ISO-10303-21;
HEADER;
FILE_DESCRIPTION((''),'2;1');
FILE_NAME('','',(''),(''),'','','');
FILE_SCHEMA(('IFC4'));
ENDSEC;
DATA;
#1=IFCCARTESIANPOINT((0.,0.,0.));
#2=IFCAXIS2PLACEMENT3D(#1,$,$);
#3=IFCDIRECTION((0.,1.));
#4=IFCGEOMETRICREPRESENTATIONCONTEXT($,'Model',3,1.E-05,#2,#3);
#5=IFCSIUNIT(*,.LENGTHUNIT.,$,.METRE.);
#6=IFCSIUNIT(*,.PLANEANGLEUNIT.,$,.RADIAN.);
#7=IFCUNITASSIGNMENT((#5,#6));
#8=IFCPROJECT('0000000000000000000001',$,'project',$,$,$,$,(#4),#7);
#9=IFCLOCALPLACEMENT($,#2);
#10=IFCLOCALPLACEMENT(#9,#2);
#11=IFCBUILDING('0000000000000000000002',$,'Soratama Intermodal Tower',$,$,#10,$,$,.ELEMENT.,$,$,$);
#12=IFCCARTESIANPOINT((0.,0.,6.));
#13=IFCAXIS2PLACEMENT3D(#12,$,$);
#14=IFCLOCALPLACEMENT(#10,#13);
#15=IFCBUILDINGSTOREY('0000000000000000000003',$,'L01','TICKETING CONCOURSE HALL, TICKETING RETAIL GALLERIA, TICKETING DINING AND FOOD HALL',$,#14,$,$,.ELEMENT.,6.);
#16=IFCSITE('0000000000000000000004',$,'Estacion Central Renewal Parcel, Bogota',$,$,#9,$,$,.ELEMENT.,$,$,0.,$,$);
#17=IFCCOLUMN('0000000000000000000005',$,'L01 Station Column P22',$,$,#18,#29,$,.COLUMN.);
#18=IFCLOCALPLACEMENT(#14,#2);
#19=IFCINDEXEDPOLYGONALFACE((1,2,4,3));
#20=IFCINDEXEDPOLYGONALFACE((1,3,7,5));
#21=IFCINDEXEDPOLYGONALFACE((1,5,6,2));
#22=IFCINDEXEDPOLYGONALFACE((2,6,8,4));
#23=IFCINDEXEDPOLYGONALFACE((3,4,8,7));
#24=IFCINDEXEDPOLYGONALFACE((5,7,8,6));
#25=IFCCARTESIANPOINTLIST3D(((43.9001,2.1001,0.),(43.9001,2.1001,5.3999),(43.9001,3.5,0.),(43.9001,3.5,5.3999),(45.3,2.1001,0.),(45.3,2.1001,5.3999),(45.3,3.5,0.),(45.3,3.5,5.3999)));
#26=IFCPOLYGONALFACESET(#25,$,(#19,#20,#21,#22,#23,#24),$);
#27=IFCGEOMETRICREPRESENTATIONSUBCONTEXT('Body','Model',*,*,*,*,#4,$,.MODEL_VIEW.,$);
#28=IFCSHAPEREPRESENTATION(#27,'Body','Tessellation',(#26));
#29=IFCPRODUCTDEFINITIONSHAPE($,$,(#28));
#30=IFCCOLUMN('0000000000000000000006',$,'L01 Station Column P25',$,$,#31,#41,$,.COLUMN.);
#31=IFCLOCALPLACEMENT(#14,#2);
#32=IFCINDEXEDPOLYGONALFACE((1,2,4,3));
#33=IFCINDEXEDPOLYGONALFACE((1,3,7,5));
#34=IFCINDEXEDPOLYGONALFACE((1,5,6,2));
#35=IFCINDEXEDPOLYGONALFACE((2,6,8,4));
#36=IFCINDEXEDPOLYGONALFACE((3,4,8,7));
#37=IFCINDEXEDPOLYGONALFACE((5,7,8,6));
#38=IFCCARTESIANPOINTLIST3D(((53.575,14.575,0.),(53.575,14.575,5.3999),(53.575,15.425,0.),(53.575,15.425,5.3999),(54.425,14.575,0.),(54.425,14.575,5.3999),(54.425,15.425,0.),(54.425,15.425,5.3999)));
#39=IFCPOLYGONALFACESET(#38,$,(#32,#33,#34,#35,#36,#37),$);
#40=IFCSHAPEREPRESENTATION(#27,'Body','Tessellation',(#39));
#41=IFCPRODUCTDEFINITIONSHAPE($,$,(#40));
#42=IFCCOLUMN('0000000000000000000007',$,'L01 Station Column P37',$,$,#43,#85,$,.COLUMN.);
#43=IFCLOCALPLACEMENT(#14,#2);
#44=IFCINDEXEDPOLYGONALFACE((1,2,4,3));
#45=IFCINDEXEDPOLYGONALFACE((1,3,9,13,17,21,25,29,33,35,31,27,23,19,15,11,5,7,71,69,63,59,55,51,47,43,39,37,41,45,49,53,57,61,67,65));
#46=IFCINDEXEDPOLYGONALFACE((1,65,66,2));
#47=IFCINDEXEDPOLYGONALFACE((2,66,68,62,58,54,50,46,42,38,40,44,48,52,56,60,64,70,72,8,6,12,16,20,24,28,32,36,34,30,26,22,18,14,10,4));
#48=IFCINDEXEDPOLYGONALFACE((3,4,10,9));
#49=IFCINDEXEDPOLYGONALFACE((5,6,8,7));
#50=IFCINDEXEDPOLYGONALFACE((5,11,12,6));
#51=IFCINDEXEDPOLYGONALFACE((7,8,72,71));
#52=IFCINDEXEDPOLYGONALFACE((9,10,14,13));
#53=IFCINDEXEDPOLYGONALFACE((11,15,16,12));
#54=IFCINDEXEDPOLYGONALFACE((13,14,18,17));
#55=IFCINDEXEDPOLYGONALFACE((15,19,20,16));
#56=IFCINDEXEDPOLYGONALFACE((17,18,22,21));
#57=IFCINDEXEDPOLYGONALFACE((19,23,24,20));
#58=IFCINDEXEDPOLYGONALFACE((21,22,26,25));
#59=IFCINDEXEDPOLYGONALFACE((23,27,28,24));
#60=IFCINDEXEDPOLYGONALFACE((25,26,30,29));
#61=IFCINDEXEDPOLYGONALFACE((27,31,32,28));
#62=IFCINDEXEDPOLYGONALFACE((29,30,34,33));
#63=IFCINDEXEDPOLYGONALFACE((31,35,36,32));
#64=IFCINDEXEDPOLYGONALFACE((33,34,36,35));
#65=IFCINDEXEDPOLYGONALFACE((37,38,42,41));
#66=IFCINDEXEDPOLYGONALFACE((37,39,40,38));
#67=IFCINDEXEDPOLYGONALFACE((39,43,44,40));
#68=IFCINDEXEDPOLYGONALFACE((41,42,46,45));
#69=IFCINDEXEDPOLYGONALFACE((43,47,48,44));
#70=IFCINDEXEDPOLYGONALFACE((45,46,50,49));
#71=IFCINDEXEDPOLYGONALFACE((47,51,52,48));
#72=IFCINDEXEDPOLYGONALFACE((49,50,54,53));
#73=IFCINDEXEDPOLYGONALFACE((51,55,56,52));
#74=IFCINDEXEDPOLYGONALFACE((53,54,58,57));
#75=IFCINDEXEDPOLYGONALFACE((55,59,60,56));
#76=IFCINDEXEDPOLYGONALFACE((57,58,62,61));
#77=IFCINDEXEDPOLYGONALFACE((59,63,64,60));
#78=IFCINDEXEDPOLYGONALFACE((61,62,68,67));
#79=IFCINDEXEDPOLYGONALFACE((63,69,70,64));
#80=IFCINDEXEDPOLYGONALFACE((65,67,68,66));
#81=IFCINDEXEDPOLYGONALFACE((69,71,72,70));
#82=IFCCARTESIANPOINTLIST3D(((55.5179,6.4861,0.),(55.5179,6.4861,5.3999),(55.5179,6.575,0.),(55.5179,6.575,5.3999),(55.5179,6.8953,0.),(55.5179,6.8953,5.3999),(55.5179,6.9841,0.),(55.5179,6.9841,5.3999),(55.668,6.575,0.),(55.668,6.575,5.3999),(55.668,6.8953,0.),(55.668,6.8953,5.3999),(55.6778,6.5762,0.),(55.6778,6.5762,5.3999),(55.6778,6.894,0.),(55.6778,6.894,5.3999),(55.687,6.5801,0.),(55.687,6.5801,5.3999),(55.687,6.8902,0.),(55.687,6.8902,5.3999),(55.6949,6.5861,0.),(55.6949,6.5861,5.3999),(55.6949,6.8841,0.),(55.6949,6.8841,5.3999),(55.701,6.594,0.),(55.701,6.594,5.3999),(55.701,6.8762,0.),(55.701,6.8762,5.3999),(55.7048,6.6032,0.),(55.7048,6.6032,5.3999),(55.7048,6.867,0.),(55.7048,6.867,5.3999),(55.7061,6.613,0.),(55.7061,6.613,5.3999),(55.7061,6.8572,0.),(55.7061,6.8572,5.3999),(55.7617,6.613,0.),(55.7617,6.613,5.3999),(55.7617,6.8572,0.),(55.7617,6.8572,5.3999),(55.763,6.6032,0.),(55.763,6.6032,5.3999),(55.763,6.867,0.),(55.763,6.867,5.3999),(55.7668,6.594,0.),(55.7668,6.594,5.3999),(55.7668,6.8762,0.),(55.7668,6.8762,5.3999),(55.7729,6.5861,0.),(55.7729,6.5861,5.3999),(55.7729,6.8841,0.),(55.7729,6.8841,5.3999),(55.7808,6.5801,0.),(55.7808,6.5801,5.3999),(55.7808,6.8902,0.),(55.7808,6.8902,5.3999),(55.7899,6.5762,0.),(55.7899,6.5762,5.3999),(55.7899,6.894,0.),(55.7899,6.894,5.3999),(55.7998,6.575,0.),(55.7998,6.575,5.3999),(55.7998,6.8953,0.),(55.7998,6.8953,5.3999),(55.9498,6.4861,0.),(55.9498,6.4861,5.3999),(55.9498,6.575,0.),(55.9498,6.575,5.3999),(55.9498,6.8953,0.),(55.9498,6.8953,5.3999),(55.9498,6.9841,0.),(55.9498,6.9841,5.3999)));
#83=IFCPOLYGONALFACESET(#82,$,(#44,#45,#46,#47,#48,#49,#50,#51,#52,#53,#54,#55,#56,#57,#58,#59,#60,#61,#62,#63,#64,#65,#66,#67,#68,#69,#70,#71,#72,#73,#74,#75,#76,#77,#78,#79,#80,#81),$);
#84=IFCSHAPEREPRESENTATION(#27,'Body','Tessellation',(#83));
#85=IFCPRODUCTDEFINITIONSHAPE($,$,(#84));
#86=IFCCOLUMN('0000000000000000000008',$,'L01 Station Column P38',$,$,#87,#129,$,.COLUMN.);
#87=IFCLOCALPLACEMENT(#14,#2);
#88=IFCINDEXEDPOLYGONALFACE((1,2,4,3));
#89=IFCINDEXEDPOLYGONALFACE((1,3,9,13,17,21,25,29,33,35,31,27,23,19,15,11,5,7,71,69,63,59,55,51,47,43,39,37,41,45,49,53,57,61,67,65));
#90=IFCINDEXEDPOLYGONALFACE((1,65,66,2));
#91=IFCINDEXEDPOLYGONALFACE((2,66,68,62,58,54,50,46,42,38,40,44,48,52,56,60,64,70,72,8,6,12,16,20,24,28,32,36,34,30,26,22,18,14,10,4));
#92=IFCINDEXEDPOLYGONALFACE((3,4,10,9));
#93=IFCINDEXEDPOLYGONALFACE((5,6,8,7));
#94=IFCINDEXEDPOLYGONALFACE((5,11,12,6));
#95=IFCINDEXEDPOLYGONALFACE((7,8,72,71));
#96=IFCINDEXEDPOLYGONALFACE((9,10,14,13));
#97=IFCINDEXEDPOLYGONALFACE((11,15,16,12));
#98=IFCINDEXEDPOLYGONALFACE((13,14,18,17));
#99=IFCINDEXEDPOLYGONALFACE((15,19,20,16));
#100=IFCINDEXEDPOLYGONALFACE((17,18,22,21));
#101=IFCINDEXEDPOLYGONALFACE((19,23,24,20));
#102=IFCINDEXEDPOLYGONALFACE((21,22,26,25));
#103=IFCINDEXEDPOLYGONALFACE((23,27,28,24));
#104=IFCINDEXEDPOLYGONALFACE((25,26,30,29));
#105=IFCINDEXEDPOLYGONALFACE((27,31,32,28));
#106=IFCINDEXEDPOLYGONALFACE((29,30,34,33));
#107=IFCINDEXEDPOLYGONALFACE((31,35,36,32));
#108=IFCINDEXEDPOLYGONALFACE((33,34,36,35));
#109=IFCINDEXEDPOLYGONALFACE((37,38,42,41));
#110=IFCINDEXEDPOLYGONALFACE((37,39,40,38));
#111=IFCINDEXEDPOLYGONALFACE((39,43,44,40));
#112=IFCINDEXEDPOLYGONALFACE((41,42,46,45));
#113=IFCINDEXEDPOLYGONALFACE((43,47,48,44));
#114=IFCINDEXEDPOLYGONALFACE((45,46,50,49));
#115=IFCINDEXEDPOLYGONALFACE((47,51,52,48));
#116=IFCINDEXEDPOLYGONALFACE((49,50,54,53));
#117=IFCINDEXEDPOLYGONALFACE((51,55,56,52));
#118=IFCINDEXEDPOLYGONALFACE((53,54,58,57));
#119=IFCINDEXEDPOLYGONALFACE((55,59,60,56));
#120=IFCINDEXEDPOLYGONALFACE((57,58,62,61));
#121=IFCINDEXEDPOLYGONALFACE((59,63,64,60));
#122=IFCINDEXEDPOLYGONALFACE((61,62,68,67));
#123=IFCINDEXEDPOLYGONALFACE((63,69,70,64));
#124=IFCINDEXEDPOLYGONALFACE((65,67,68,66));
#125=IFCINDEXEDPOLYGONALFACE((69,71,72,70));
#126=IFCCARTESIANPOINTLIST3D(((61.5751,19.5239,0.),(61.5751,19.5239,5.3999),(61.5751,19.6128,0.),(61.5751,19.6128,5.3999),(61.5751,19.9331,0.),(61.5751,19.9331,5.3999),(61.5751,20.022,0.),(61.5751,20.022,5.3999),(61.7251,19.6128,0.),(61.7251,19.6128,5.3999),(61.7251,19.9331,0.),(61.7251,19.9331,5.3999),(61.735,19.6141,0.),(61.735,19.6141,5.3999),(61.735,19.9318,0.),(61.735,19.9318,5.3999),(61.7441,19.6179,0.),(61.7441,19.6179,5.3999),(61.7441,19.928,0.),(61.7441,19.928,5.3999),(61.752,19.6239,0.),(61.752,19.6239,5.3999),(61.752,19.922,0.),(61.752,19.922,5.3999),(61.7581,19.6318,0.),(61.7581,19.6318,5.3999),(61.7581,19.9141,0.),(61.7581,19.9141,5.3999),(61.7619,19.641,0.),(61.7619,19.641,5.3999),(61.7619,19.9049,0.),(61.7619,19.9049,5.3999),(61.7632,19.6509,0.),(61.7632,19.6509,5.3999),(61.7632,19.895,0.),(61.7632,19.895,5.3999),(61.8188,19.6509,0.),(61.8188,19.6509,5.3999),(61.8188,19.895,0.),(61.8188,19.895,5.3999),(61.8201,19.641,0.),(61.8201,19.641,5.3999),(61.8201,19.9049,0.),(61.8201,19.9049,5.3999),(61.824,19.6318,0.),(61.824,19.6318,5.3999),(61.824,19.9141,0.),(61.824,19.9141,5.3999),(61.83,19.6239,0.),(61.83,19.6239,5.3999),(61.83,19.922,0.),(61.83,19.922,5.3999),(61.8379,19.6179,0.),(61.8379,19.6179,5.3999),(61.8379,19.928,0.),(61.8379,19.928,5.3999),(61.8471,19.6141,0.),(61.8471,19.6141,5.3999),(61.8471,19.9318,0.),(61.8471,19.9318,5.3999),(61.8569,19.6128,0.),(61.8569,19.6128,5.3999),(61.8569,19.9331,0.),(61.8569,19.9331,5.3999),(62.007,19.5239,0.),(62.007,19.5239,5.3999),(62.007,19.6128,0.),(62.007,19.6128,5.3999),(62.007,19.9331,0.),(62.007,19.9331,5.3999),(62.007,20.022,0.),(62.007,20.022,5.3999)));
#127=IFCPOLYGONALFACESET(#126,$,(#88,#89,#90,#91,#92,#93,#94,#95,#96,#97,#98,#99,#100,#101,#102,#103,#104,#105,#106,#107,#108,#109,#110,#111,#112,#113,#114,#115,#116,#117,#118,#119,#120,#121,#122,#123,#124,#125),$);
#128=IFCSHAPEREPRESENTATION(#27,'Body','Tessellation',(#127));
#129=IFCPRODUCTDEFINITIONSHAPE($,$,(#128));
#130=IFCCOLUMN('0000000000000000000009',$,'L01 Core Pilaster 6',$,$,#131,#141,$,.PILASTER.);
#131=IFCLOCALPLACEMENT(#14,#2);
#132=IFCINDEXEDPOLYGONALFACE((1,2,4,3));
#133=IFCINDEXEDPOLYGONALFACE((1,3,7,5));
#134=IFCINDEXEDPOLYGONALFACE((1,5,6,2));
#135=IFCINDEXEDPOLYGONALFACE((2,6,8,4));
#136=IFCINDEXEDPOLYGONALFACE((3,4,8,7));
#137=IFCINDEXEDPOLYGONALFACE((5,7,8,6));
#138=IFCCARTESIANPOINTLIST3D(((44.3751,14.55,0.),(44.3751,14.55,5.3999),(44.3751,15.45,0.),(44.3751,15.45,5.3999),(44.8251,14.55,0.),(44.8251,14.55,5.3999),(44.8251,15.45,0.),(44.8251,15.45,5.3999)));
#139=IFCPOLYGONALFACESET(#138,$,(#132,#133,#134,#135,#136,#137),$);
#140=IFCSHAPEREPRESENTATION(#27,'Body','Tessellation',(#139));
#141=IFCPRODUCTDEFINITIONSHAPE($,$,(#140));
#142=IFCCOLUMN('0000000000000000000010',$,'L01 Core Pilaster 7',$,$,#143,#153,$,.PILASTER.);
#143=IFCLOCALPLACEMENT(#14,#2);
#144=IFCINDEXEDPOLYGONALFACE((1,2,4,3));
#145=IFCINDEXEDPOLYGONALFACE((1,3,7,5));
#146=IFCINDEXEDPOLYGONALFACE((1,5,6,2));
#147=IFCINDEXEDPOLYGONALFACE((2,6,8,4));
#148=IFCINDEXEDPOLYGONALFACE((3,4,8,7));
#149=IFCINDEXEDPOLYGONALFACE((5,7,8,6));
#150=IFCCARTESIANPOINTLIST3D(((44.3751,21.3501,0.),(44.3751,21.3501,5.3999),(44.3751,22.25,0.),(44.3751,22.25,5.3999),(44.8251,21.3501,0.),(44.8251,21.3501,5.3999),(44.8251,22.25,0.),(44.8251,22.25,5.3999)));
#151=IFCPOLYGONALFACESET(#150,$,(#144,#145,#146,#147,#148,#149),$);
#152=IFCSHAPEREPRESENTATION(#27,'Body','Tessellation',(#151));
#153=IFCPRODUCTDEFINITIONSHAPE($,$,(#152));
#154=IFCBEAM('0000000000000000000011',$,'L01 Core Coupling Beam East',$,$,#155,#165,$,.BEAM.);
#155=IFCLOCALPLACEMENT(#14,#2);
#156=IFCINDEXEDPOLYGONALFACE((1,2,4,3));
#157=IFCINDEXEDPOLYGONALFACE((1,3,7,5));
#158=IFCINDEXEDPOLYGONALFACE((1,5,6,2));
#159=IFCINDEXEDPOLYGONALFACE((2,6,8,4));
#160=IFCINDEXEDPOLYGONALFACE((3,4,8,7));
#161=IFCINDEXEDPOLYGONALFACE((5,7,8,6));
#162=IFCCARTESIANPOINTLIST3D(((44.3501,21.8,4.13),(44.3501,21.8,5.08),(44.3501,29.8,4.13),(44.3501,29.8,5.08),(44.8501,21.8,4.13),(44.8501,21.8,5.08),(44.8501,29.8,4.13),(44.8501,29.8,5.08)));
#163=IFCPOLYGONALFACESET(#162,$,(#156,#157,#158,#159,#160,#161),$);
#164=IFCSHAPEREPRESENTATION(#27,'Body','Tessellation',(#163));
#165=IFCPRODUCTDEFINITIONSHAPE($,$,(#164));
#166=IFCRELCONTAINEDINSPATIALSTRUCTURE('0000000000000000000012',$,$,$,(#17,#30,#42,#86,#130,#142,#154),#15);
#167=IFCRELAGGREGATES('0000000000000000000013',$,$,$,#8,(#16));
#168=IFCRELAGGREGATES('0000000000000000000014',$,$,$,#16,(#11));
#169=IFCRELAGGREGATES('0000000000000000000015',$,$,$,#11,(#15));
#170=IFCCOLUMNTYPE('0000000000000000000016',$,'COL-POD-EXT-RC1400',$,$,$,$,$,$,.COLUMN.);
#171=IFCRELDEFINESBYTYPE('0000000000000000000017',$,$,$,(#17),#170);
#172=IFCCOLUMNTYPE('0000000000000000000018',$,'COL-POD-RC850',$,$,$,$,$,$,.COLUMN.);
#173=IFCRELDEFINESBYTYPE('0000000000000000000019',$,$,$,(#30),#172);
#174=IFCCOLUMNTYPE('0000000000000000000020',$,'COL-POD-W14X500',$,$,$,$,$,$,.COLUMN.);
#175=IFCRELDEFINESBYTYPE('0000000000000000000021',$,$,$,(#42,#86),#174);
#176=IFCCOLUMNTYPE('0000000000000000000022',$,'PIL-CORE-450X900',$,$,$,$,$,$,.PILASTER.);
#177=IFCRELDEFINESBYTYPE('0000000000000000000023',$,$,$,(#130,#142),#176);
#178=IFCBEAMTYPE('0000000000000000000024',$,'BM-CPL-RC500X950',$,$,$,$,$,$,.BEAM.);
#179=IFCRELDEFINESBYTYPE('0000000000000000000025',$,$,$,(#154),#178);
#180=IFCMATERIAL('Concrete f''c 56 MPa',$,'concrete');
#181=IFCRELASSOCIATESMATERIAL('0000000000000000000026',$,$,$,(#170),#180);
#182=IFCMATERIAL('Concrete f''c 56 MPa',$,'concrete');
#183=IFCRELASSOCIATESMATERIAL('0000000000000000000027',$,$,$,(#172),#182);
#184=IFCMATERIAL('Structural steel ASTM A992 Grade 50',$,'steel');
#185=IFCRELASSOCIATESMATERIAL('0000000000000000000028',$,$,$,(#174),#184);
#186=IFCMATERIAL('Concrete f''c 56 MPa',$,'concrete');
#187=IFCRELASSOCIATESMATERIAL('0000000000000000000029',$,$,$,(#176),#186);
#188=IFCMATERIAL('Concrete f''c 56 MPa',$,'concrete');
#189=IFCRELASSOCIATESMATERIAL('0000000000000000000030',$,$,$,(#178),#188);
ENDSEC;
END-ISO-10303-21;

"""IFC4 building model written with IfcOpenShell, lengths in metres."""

from ifc_helpers import new_model, si_unit, direction, frame, origin, origin_2d, place, context, subcontext, project, spatial, rectangle, i_section, extrude, material, material_profile, profile_set, type_object, element, save


model = new_model("IFC4")

# Units and contexts
model_context = context("Model", 3, precision=1e-05, world=origin(), true_north=direction((0.0, 1.0)))
body_context = subcontext(model_context, "Body", "Model", "MODEL_VIEW")
ifc_project = project(units=[si_unit("LENGTHUNIT", "METRE"), si_unit("PLANEANGLEUNIT", "RADIAN")], contexts=[model_context])

# Site, building, storey
site_placement = place(None, origin())
site = spatial("IfcSite", under=ifc_project, at=site_placement, Name="Estacion Central Renewal Parcel, Bogota", CompositionType="ELEMENT", RefElevation=0.0)
building_placement = place(site_placement, origin())
building = spatial("IfcBuilding", under=site, at=building_placement, Name="Soratama Intermodal Tower", CompositionType="ELEMENT")
storey_placement = place(building_placement, frame((0.0, 0.0, 6.0)))
storey = spatial("IfcBuildingStorey", under=building, at=storey_placement, Name="L01", Description="TICKETING CONCOURSE HALL, TICKETING RETAIL GALLERIA, TICKETING DINING AND FOOD HALL", CompositionType="ELEMENT", Elevation=6.0)

# Columns
ifc_material_1 = material(Name="Concrete f'c 56 MPa", Category="concrete")
ifc_material_profile_1 = material_profile(ifc_material_1, rectangle(XDim=1.3999, YDim=1.3999, at=origin_2d()), Name="RC1400X1400")
ifc_profile_set_1 = profile_set([ifc_material_profile_1], Name="Concrete f'c 56 MPa")
column_type_1 = type_object("IfcColumnType", Name="COL-POD-EXT-RC1400", PredefinedType="COLUMN", material=ifc_profile_set_1)
column_1_placement = place(storey_placement, frame((44.6001, 2.8, 0.0), z_axis=(0.0, 0.0, 1.0), x_axis=(1.0, 0.0, 0.0)))
element("IfcColumn", 1, at=column_1_placement, inside=storey, type_object=column_type_1, Name="L01 Station Column P22", PredefinedType="COLUMN", context=body_context, shape_type="SweptSolid", body=[
    extrude(rectangle(XDim=1.3999, YDim=1.3999, at=origin_2d()), origin(), (0.0, 0.0, 1.0), 5.3999),
])
ifc_material_2 = material(Name="Concrete f'c 56 MPa", Category="concrete")
ifc_material_profile_2 = material_profile(ifc_material_2, rectangle(XDim=0.8501, YDim=0.8501, at=origin_2d()), Name="RC850X850")
ifc_profile_set_2 = profile_set([ifc_material_profile_2], Name="Concrete f'c 56 MPa")
column_type_2 = type_object("IfcColumnType", Name="COL-POD-RC850", PredefinedType="COLUMN", material=ifc_profile_set_2)
column_2_placement = place(storey_placement, frame((54.0, 15.0, 0.0), z_axis=(0.0, 0.0, 1.0), x_axis=(1.0, 0.0, 0.0)))
element("IfcColumn", 2, at=column_2_placement, inside=storey, type_object=column_type_2, Name="L01 Station Column P25", PredefinedType="COLUMN", context=body_context, shape_type="SweptSolid", body=[
    extrude(rectangle(XDim=0.8501, YDim=0.8501, at=origin_2d()), origin(), (0.0, 0.0, 1.0), 5.3999),
])
ifc_material_3 = material(Name="Structural steel ASTM A992 Grade 50", Category="steel")
ifc_material_profile_3 = material_profile(ifc_material_3, i_section(OverallWidth=0.4319, OverallDepth=0.498, WebThickness=0.0557, FlangeThickness=0.0889, FilletRadius=0.0381, at=origin_2d()), Name="W14X500")
ifc_profile_set_3 = profile_set([ifc_material_profile_3], Name="Structural steel ASTM A992 Grade 50")
column_type_3 = type_object("IfcColumnType", Name="COL-POD-W14X500", PredefinedType="COLUMN", material=ifc_profile_set_3)
for number, where, z_axis, x_axis, name in (
    (3, (55.7339, 6.7351, 0.0), (0.0, 0.0, 1.0), (1.0, 0.0, 0.0), "L01 Station Column P37"),
    (4, (61.791, 19.7729, 0.0), (0.0, 0.0, 1.0), (1.0, 0.0, 0.0), "L01 Station Column P38"),
):
    element("IfcColumn", number, at=place(storey_placement, frame(where, z_axis=z_axis, x_axis=x_axis)), inside=storey, type_object=column_type_3, Name=name, PredefinedType="COLUMN", context=body_context, shape_type="SweptSolid", body=[
        extrude(i_section(OverallWidth=0.4319, OverallDepth=0.498, WebThickness=0.0557, FlangeThickness=0.0889, FilletRadius=0.0381, at=origin_2d()), origin(), (0.0, 0.0, 1.0), 5.3999),
    ])
ifc_material_4 = material(Name="Concrete f'c 56 MPa", Category="concrete")
ifc_material_profile_4 = material_profile(ifc_material_4, rectangle(XDim=0.45, YDim=0.8999, at=origin_2d()), Name="RC450X900")
ifc_profile_set_4 = profile_set([ifc_material_profile_4], Name="Concrete f'c 56 MPa")
column_type_4 = type_object("IfcColumnType", Name="PIL-CORE-450X900", PredefinedType="PILASTER", material=ifc_profile_set_4)
for number, where, z_axis, x_axis, name in (
    (5, (44.6001, 15.0, 0.0), (0.0, 0.0, 1.0), (1.0, 0.0, 0.0), "L01 Core Pilaster 6"),
    (6, (44.6001, 21.8, 0.0), (0.0, 0.0, 1.0), (1.0, 0.0, 0.0), "L01 Core Pilaster 7"),
):
    element("IfcColumn", number, at=place(storey_placement, frame(where, z_axis=z_axis, x_axis=x_axis)), inside=storey, type_object=column_type_4, Name=name, PredefinedType="PILASTER", context=body_context, shape_type="SweptSolid", body=[
        extrude(rectangle(XDim=0.45, YDim=0.8999, at=origin_2d()), origin(), (0.0, 0.0, 1.0), 5.3999),
    ])

# Beam
ifc_material_5 = material(Name="Concrete f'c 56 MPa", Category="concrete")
ifc_material_profile_5 = material_profile(ifc_material_5, rectangle(XDim=0.5, YDim=0.95, at=origin_2d()), Name="RC500X950")
ifc_profile_set_5 = profile_set([ifc_material_profile_5], Name="Concrete f'c 56 MPa")
beam_type_1 = type_object("IfcBeamType", Name="BM-CPL-RC500X950", PredefinedType="BEAM", material=ifc_profile_set_5)
beam_1_placement = place(storey_placement, frame((44.6001, 21.8, 4.605), z_axis=(0.0, 1.0, 0.0), x_axis=(-1.0, 0.0, 0.0)))
element("IfcBeam", 7, at=beam_1_placement, inside=storey, type_object=beam_type_1, Name="L01 Core Coupling Beam East", PredefinedType="BEAM", context=body_context, shape_type="SweptSolid", body=[
    extrude(rectangle(XDim=0.5, YDim=0.95, at=origin_2d()), origin(), (0.0, 0.0, 1.0), 8.0),
])

save(model, "model.ifc")
